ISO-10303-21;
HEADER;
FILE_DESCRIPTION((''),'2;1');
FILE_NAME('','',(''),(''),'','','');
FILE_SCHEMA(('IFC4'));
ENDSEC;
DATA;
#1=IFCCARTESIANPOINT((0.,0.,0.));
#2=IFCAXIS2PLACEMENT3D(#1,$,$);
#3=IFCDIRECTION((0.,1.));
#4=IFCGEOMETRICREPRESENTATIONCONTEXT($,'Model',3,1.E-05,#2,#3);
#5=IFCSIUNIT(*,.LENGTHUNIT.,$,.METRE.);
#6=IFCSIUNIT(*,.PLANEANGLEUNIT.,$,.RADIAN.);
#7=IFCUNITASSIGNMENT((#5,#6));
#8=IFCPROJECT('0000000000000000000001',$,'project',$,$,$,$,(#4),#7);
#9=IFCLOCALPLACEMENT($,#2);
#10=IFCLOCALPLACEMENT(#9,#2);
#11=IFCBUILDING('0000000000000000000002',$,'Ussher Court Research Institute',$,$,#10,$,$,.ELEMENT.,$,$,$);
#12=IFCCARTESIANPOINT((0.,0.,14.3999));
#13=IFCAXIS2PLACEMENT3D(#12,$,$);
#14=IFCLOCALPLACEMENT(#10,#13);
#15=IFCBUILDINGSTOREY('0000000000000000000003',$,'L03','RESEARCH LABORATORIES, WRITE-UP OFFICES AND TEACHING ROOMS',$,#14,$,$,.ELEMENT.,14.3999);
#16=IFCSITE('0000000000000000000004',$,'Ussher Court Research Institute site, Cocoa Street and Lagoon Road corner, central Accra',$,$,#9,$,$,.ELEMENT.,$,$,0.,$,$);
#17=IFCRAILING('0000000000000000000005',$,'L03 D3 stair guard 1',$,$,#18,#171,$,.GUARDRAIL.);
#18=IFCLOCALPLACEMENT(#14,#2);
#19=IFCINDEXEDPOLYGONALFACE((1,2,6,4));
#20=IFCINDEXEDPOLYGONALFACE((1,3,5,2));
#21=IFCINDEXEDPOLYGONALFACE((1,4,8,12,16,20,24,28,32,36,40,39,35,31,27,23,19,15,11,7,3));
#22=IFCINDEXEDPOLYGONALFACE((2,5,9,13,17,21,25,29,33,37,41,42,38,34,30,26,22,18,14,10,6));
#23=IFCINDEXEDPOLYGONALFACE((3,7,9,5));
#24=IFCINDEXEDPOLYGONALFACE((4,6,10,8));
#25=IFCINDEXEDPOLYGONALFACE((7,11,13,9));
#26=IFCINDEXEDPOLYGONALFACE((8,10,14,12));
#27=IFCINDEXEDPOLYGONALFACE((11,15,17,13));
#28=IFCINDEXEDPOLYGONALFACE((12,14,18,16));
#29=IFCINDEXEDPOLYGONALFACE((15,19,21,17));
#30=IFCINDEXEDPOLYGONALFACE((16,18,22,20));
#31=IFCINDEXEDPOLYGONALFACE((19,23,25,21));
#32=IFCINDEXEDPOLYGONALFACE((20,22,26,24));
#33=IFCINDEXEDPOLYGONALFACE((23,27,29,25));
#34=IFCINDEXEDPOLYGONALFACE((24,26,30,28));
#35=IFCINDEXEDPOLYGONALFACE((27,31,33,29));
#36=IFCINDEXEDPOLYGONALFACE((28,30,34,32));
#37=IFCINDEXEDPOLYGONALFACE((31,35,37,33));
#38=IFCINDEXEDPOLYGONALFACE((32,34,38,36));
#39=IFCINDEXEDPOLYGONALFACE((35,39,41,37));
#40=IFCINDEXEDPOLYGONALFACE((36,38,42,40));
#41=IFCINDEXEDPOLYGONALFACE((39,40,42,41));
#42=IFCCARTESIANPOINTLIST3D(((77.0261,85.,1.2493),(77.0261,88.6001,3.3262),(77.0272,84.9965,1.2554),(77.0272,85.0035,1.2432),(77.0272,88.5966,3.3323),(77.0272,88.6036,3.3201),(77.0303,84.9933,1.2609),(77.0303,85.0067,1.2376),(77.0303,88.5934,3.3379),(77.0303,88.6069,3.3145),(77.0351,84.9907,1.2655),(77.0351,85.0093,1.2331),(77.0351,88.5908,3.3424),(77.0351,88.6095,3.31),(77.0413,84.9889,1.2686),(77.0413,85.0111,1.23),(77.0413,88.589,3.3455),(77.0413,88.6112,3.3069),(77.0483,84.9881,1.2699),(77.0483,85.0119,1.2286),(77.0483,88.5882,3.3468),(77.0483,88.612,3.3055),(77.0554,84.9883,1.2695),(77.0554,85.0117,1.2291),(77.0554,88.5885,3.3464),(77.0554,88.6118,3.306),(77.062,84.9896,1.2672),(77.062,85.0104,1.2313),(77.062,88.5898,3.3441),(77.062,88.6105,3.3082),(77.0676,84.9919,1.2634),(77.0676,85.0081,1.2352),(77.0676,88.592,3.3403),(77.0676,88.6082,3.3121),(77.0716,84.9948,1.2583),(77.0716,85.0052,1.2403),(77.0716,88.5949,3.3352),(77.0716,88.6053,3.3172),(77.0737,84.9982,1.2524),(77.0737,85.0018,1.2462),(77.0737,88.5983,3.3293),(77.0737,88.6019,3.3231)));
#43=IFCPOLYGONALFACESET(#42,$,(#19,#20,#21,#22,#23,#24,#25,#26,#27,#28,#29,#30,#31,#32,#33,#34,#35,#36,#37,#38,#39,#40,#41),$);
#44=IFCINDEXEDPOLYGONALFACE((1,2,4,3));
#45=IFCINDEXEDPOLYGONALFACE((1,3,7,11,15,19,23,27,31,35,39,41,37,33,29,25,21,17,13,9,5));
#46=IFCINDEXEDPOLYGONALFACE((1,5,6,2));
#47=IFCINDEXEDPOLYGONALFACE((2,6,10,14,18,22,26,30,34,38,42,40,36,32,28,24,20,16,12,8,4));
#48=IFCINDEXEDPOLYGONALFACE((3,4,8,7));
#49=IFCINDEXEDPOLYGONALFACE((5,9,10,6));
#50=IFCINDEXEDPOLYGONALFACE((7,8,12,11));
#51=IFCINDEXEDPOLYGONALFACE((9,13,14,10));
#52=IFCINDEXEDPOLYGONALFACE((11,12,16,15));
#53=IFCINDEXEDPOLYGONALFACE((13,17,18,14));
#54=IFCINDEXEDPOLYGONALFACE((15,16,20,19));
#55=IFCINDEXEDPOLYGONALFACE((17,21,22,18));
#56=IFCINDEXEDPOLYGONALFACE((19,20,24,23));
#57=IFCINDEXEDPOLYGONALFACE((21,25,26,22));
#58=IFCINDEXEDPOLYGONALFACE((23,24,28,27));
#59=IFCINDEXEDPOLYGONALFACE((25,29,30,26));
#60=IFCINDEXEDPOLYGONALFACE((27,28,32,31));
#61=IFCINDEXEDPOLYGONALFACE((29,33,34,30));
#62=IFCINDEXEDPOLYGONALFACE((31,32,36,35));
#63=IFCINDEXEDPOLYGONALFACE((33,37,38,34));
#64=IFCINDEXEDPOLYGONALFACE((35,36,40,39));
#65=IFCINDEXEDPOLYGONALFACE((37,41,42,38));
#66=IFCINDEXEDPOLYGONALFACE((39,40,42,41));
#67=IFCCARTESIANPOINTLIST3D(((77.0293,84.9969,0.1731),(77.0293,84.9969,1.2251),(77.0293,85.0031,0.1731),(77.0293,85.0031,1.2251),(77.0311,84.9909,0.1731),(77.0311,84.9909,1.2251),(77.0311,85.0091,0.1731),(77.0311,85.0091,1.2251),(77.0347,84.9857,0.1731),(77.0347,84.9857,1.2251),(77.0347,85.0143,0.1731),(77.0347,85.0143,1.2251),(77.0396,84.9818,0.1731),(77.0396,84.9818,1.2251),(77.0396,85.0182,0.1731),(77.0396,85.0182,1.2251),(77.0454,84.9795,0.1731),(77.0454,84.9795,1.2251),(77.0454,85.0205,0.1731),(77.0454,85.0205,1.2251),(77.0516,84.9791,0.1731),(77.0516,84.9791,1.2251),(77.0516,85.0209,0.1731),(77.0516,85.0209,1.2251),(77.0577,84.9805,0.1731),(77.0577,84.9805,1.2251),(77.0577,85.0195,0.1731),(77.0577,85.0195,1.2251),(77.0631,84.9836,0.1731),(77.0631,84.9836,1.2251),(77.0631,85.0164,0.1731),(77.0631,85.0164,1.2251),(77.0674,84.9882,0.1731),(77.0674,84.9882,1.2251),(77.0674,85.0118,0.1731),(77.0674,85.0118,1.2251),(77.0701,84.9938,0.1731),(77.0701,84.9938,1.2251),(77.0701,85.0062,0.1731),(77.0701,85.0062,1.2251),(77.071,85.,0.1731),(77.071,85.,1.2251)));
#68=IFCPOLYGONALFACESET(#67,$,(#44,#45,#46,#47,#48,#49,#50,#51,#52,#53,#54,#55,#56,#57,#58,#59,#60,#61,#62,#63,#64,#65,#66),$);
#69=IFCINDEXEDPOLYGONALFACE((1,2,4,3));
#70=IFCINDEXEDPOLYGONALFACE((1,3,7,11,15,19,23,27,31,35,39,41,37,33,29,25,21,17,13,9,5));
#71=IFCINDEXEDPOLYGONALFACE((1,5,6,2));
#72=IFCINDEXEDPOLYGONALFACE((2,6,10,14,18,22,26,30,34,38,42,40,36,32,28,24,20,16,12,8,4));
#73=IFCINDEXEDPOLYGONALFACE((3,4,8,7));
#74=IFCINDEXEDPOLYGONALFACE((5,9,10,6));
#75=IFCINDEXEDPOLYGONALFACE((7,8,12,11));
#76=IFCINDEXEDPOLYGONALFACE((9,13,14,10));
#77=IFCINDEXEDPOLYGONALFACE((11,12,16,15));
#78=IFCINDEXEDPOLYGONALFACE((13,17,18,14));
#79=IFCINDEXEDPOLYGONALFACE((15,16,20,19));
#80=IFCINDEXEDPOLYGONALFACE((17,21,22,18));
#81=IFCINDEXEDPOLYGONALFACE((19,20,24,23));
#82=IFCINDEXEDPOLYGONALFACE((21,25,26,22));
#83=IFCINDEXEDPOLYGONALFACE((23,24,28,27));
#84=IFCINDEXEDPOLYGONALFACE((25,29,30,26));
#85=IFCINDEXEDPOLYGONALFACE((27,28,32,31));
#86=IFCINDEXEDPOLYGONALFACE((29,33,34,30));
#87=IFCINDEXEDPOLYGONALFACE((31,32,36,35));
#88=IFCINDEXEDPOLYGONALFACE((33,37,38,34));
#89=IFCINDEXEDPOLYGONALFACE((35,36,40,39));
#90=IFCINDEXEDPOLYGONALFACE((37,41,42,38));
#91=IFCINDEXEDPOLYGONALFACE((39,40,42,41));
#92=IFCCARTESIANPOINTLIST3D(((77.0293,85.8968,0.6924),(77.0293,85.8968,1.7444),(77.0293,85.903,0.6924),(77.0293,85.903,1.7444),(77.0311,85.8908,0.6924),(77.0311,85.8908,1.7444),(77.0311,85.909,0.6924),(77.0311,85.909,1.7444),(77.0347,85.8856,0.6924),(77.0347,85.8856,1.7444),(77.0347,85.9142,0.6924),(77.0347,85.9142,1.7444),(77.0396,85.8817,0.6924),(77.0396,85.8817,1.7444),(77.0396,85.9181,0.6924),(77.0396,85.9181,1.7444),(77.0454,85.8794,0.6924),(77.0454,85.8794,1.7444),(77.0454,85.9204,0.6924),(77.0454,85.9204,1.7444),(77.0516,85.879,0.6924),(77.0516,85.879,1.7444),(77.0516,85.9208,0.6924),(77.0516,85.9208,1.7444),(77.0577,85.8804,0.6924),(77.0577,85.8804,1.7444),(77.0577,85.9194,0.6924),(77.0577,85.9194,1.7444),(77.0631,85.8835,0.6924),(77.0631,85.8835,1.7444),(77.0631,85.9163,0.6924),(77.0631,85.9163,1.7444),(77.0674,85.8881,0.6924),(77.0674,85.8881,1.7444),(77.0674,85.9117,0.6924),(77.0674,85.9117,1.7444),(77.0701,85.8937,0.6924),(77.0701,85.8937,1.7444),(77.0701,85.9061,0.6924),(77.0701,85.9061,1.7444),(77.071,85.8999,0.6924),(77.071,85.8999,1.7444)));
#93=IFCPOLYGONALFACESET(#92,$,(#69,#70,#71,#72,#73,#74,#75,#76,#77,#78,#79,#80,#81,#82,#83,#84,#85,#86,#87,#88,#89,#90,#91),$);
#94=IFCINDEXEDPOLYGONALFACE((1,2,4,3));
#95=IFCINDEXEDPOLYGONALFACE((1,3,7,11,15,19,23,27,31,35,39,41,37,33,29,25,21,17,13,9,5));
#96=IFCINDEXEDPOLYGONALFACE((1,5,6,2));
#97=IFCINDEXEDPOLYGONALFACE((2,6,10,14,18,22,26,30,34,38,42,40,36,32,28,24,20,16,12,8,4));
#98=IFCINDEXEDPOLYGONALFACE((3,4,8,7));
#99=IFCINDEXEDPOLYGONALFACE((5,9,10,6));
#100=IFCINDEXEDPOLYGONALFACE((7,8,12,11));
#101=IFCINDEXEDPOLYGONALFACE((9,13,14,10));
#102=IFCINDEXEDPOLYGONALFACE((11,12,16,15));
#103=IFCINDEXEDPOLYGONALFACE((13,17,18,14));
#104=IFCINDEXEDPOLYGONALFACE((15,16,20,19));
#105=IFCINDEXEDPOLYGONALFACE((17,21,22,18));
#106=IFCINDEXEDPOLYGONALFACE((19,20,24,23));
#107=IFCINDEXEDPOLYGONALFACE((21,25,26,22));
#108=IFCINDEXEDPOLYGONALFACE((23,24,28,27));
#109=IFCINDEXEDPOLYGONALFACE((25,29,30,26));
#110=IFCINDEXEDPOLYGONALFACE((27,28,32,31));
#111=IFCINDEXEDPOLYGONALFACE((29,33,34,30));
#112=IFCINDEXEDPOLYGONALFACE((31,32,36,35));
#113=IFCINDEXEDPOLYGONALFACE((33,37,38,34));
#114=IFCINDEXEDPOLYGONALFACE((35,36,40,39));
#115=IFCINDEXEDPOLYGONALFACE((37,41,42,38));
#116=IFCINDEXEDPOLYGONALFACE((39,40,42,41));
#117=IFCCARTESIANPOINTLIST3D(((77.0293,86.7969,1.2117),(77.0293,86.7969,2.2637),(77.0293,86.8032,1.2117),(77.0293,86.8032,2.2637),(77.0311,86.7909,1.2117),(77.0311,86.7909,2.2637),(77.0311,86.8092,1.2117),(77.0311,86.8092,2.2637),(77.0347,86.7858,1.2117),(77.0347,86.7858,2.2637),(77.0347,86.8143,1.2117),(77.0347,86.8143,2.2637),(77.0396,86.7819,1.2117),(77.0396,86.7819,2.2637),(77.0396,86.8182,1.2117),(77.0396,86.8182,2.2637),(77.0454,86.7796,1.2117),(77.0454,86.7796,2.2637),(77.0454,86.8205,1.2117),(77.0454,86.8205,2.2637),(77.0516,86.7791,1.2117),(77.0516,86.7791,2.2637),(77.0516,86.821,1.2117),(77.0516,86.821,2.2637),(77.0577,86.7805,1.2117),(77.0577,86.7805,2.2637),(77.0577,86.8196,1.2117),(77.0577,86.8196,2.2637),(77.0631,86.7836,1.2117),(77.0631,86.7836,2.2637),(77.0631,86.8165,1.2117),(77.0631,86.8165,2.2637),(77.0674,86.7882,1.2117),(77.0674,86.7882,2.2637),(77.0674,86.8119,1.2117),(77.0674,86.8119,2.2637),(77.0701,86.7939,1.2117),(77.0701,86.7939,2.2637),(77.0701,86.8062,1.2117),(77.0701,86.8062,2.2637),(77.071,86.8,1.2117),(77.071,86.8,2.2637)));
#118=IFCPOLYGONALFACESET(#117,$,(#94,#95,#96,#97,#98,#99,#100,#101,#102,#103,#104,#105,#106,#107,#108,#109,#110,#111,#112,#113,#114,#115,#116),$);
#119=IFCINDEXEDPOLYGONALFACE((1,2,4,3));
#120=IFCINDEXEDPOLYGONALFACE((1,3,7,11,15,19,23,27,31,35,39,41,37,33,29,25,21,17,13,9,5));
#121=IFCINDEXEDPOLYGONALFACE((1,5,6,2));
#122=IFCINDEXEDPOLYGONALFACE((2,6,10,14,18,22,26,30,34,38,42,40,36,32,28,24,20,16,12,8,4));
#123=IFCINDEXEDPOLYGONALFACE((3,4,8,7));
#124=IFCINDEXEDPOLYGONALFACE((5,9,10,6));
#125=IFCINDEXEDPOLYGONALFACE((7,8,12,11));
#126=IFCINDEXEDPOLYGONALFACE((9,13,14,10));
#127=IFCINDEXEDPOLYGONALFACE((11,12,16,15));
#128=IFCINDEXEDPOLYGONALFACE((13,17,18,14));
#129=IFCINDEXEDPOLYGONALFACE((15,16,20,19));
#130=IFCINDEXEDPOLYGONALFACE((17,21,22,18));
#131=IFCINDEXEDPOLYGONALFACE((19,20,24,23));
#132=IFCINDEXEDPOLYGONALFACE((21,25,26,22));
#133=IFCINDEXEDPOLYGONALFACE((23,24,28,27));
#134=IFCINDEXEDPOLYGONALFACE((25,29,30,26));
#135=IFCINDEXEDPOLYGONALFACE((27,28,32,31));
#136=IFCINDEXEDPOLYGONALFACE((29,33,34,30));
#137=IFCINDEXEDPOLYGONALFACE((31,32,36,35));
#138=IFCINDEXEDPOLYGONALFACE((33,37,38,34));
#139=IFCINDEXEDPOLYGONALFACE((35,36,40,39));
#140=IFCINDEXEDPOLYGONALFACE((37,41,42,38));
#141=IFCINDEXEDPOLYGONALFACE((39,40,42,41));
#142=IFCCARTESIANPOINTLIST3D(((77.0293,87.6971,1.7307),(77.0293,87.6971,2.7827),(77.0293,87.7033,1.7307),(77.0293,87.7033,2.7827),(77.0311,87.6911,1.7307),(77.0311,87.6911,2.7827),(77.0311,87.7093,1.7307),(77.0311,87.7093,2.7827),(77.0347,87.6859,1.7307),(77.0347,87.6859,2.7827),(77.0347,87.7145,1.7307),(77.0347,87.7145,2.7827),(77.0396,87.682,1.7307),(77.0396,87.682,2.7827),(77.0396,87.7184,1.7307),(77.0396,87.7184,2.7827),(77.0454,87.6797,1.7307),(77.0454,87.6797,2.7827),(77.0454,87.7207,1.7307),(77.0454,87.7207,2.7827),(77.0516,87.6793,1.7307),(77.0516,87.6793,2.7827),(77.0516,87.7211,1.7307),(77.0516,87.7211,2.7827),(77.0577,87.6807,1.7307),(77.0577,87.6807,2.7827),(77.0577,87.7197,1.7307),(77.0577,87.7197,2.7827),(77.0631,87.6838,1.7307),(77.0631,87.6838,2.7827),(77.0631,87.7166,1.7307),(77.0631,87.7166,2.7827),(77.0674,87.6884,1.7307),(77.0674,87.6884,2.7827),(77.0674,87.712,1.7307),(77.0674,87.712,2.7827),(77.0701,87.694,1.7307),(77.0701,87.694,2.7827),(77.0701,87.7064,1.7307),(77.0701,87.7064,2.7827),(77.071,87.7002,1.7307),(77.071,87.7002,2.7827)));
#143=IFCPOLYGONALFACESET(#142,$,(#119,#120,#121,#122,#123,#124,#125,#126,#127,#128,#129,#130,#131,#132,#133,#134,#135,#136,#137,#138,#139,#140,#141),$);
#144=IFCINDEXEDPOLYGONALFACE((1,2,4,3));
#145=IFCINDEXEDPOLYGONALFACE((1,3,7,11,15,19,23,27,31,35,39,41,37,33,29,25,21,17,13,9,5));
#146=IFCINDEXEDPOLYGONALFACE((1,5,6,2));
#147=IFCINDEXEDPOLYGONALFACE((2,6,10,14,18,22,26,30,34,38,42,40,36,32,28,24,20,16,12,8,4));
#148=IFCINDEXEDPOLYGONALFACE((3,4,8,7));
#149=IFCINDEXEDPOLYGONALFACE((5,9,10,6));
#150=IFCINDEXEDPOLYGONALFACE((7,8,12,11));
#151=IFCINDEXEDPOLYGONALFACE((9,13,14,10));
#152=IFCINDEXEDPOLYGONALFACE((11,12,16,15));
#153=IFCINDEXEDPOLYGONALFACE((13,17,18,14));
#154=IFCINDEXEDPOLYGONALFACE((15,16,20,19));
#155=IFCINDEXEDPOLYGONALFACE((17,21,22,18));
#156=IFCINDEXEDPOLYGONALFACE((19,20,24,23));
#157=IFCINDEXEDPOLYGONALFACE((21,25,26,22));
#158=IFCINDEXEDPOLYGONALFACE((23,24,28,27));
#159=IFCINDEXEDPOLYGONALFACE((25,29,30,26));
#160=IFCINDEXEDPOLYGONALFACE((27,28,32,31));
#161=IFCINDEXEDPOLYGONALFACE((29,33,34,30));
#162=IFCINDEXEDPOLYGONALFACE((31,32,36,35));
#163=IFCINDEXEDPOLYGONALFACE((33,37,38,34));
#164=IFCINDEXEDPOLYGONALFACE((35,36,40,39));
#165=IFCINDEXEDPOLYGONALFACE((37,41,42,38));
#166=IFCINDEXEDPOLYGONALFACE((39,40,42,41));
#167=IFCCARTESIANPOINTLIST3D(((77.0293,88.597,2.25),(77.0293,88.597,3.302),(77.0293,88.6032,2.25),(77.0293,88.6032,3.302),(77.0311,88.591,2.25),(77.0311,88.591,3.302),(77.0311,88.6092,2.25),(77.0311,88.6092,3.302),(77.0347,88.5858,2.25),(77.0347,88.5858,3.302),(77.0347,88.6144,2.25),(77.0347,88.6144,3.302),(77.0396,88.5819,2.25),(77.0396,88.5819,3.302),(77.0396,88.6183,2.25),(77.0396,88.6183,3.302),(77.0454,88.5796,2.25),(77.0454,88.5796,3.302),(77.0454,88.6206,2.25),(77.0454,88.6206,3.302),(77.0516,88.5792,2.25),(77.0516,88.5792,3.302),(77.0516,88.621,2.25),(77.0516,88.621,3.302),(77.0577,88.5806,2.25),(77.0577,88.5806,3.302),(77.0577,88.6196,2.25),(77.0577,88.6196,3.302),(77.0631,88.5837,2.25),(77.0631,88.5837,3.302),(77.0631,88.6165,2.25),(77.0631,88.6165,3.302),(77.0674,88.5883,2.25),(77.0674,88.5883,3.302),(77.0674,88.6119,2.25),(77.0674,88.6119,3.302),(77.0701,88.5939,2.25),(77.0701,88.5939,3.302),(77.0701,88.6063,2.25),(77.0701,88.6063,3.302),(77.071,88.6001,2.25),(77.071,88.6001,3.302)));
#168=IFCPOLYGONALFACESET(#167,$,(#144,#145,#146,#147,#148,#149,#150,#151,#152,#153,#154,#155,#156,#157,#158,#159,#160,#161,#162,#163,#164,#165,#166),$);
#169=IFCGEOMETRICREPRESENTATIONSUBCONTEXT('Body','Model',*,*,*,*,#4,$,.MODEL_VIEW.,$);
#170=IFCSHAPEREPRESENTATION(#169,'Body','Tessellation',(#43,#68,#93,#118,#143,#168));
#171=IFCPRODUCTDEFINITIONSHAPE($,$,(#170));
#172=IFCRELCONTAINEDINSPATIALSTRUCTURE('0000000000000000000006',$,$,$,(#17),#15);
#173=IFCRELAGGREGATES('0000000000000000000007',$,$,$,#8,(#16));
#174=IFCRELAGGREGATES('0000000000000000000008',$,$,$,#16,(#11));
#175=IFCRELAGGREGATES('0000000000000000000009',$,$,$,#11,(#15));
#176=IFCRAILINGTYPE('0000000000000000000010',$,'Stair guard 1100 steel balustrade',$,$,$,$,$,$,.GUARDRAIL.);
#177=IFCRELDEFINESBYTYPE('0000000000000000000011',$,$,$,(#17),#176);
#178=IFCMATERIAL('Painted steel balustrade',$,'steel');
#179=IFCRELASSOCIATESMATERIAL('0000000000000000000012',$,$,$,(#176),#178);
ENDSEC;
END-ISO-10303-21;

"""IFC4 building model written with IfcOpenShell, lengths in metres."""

from ifc_helpers import new_model, si_unit, direction, frame, origin, origin_2d, place, context, subcontext, project, spatial, circle, extrude, material, type_object, element, save


model = new_model("IFC4")

# Units and contexts
model_context = context("Model", 3, precision=1e-05, world=origin(), true_north=direction((0.0, 1.0)))
body_context = subcontext(model_context, "Body", "Model", "MODEL_VIEW")
ifc_project = project(units=[si_unit("LENGTHUNIT", "METRE"), si_unit("PLANEANGLEUNIT", "RADIAN")], contexts=[model_context])

# Site, building, storey
site_placement = place(None, origin())
site = spatial("IfcSite", under=ifc_project, at=site_placement, Name="Ussher Court Research Institute site, Cocoa Street and Lagoon Road corner, central Accra", CompositionType="ELEMENT", RefElevation=0.0)
building_placement = place(site_placement, origin())
building = spatial("IfcBuilding", under=site, at=building_placement, Name="Ussher Court Research Institute", CompositionType="ELEMENT")
storey_placement = place(building_placement, frame((0.0, 0.0, 14.3999)))
storey = spatial("IfcBuildingStorey", under=building, at=storey_placement, Name="L03", Description="RESEARCH LABORATORIES, WRITE-UP OFFICES AND TEACHING ROOMS", CompositionType="ELEMENT", Elevation=14.3999)

# Railing
ifc_material_1 = material(Name="Painted steel balustrade", Category="steel")
railing_type = type_object("IfcRailingType", Name="Stair guard 1100 steel balustrade", PredefinedType="GUARDRAIL", material=ifc_material_1)
railing_1_placement = place(storey_placement, frame((77.05, 85.0, 0.1731)))
element("IfcRailing", 1, at=railing_1_placement, inside=storey, type_object=railing_type, Name="L03 D3 stair guard 1", PredefinedType="GUARDRAIL", context=body_context, shape_type="SweptSolid", body=[
    extrude(circle(Radius=0.0239, at=origin_2d()), frame((0.0, 0.0, 1.0762), z_axis=(0.0, 0.866193, 0.499709), x_axis=(-1.0, 0.0, 0.0)), (0.0, 0.0, 1.0), 4.1562),
    extrude(circle(Radius=0.021, at=origin_2d()), origin(), (0.0, 0.0, 1.0), 1.052),
    extrude(circle(Radius=0.021, at=origin_2d()), frame((0.0, 0.8999, 0.5193)), (0.0, 0.0, 1.0), 1.052),
    extrude(circle(Radius=0.021, at=origin_2d()), frame((0.0, 1.8, 1.0386)), (0.0, 0.0, 1.0), 1.052),
    extrude(circle(Radius=0.021, at=origin_2d()), frame((0.0, 2.7002, 1.5576)), (0.0, 0.0, 1.0), 1.052),
    extrude(circle(Radius=0.021, at=origin_2d()), frame((0.0, 3.6001, 2.0769)), (0.0, 0.0, 1.0), 1.052),
])

save(model, "model.ifc")
